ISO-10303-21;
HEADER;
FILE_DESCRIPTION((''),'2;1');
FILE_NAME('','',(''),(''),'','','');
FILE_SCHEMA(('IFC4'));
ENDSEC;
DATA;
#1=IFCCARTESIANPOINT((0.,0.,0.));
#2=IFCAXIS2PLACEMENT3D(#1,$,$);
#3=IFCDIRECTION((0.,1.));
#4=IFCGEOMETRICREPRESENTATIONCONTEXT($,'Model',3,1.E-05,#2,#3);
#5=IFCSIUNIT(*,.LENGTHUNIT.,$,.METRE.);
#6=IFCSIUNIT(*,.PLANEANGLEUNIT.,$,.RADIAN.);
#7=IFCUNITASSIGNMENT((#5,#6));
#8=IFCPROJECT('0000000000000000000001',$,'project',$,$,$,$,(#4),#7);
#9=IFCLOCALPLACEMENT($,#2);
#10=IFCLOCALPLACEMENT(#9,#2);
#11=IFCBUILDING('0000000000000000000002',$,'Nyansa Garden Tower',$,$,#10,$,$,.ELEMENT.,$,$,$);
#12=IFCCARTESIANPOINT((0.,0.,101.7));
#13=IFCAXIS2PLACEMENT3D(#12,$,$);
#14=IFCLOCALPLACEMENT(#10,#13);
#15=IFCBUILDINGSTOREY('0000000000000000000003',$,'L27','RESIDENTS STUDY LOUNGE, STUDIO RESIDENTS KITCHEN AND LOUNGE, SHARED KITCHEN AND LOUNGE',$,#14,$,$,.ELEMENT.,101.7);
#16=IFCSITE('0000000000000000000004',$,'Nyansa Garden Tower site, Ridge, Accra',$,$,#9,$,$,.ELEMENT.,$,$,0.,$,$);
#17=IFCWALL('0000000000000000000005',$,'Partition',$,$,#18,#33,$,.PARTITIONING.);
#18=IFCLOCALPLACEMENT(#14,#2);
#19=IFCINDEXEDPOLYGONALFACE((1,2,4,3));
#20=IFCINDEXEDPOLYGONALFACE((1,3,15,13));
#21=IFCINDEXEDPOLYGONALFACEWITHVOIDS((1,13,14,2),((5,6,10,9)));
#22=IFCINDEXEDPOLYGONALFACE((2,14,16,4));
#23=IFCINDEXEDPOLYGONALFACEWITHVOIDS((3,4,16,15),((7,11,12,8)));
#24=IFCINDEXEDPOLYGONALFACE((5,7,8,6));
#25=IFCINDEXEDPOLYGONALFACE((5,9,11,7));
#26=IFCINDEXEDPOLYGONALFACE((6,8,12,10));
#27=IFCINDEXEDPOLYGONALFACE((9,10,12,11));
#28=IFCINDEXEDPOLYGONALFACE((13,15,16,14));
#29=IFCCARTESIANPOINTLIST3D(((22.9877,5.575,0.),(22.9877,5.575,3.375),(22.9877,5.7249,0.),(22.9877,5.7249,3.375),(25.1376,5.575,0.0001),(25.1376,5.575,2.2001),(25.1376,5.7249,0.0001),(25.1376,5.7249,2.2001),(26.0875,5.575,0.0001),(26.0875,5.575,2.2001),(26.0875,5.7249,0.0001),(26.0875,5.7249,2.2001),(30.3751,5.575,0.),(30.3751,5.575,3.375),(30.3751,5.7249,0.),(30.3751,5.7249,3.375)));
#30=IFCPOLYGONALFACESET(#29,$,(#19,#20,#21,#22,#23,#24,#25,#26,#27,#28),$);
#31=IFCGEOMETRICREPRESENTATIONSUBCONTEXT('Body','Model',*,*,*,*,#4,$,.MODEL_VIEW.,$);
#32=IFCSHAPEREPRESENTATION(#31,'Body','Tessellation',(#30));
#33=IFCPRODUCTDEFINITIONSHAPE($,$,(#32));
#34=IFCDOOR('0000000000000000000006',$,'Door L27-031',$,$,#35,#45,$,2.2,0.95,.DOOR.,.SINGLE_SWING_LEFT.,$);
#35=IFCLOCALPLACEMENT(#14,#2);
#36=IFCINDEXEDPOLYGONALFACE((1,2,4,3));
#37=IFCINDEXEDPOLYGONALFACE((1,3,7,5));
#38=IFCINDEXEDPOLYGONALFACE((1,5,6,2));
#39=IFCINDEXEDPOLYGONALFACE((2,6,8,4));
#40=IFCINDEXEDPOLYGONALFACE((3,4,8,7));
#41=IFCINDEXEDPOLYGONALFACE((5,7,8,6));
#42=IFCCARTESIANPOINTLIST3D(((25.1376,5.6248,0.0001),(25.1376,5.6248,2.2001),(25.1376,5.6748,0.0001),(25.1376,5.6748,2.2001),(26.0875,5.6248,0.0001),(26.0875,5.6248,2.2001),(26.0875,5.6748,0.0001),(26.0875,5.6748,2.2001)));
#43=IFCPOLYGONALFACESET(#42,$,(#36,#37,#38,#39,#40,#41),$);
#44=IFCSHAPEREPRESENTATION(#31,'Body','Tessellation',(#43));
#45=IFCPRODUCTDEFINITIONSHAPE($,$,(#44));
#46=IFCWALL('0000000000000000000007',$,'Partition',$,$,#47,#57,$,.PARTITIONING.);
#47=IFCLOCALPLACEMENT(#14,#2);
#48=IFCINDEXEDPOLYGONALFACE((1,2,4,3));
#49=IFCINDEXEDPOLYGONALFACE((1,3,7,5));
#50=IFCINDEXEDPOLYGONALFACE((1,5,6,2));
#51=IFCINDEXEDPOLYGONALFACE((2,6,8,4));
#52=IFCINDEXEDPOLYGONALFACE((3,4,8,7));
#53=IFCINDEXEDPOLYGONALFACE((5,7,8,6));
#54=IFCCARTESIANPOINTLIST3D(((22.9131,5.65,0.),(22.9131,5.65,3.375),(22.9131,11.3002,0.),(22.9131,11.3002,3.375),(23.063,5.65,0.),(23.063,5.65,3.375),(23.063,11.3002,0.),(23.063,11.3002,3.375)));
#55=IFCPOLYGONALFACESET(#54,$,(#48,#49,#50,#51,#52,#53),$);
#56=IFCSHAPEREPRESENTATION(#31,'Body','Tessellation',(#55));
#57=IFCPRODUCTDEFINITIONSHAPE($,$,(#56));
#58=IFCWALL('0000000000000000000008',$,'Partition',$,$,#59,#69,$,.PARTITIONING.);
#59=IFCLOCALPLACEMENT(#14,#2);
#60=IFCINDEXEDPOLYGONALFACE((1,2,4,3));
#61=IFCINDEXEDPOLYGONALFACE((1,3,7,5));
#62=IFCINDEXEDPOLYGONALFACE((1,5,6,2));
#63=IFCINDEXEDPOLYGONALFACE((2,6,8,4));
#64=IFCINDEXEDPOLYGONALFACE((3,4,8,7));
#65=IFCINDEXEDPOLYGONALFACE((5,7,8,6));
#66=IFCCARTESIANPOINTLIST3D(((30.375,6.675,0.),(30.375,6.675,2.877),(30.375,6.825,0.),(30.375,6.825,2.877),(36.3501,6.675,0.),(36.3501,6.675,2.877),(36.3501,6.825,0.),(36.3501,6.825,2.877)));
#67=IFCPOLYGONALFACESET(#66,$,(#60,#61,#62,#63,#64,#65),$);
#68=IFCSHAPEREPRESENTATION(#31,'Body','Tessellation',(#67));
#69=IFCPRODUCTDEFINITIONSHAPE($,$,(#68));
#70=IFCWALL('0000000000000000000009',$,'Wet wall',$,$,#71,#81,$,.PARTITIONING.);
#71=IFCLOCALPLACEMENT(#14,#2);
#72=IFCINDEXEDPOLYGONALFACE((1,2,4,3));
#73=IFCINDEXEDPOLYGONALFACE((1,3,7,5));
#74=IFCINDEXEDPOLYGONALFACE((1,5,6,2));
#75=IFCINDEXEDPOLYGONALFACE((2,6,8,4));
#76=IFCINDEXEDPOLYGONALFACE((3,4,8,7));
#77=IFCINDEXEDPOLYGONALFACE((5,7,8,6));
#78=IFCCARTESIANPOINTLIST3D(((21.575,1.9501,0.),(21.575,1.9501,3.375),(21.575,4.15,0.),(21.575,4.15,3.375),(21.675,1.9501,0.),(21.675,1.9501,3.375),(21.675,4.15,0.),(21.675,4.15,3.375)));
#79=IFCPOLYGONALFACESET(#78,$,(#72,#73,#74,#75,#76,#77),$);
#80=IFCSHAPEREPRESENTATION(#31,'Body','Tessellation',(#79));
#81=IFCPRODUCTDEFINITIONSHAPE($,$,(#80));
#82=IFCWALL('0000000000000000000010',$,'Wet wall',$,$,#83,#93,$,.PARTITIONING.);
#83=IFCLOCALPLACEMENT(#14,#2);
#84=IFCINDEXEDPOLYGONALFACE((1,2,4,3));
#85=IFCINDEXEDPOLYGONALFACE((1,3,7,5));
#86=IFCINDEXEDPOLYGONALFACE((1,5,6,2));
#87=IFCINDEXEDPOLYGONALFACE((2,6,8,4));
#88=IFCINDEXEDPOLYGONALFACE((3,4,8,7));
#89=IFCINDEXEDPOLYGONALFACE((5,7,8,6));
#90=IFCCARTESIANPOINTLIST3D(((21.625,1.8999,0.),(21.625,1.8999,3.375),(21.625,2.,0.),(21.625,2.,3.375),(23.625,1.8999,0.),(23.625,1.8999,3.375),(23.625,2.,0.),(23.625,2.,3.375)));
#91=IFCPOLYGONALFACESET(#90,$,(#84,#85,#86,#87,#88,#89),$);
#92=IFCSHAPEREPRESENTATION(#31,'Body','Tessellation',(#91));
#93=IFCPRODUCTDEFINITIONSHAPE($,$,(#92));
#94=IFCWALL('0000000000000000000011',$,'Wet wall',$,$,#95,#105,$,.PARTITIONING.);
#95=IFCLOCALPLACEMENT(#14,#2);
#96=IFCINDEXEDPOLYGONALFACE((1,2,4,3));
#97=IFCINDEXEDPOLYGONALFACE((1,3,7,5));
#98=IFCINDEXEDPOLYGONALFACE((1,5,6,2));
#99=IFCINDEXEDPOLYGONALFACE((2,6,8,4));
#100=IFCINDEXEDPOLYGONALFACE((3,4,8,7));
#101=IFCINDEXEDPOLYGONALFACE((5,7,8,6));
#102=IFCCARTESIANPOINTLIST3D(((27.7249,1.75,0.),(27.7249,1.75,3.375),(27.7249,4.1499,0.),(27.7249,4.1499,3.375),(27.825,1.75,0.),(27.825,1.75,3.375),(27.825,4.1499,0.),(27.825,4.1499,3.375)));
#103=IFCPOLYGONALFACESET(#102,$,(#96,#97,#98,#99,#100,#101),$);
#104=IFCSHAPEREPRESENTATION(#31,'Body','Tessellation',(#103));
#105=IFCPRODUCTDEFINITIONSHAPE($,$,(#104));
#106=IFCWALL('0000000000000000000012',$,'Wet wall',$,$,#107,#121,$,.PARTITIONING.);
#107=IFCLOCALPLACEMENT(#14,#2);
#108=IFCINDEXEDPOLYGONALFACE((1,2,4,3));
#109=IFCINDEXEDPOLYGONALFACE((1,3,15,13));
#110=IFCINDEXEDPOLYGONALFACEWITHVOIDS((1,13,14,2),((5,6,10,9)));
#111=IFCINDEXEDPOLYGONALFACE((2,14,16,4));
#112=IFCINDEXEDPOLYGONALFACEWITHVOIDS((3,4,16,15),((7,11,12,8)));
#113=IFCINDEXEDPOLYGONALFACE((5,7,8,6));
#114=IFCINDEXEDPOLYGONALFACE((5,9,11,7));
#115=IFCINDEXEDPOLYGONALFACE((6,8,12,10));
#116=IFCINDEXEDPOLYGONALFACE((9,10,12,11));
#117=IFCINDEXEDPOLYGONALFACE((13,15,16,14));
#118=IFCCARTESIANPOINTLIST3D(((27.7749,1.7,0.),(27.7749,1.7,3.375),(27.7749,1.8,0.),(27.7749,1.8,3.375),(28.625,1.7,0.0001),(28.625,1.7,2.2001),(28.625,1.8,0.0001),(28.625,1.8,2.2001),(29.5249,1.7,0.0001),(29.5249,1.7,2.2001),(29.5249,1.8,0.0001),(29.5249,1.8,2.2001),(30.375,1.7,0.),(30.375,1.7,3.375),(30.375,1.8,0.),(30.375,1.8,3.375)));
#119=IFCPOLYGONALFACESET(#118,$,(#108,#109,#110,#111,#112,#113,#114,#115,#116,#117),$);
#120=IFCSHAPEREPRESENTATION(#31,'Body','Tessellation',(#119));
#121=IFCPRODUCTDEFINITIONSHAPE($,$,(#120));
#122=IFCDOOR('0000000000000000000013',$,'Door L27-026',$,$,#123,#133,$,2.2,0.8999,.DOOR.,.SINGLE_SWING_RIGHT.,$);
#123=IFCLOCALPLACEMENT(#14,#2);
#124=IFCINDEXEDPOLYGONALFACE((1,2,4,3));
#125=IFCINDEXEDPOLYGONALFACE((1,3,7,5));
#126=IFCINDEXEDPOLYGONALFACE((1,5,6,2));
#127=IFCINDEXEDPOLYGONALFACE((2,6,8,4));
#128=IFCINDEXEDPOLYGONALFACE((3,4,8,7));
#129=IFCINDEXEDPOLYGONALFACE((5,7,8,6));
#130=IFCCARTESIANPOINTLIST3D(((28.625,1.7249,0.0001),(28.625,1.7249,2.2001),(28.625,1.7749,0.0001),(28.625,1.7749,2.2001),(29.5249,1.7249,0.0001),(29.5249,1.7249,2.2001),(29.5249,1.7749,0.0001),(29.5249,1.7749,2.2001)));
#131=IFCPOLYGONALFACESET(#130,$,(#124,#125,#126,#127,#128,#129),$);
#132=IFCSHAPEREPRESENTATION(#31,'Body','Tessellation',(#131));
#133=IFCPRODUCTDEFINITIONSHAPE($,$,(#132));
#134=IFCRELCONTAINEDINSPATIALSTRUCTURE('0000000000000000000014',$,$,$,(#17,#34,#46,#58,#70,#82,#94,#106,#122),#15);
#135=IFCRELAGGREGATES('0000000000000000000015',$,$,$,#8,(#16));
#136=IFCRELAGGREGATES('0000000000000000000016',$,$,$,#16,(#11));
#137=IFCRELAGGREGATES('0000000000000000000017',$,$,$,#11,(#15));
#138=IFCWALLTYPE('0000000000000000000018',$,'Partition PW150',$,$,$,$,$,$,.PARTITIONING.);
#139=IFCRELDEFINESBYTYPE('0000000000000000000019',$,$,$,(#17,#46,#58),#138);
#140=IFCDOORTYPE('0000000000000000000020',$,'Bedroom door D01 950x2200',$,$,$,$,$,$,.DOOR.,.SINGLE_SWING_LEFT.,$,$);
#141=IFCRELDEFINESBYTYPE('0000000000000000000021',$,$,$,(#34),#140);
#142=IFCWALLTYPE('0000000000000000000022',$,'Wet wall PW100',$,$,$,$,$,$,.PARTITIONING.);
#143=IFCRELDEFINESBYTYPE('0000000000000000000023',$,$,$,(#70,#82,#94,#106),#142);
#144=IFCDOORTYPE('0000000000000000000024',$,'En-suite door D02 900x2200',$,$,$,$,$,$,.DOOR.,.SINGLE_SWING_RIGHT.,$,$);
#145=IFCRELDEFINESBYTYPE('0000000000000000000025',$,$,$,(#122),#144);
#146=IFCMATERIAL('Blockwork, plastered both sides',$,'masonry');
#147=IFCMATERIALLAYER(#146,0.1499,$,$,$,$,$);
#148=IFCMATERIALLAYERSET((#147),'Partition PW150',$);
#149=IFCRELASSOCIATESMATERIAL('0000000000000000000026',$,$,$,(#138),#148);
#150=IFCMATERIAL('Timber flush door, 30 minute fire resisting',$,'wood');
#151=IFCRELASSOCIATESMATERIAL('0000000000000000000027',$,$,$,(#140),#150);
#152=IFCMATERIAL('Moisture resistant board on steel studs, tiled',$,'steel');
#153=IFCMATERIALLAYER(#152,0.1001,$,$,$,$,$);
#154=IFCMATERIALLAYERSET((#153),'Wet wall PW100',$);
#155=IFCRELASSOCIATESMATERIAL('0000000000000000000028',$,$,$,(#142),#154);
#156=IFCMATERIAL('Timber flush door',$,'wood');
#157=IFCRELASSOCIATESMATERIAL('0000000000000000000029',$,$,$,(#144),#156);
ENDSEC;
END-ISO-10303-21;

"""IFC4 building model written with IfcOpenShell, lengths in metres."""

from ifc_helpers import new_model, si_unit, direction, frame, frame_2d, origin, place, context, subcontext, project, spatial, rectangle, extrude, material, layer, layer_set, type_object, element, fill, save


model = new_model("IFC4")

# Units and contexts
model_context = context("Model", 3, precision=1e-05, world=origin(), true_north=direction((0.0, 1.0)))
body_context = subcontext(model_context, "Body", "Model", "MODEL_VIEW")
ifc_project = project(units=[si_unit("LENGTHUNIT", "METRE"), si_unit("PLANEANGLEUNIT", "RADIAN")], contexts=[model_context])

# Site, building, storey
site_placement = place(None, origin())
site = spatial("IfcSite", under=ifc_project, at=site_placement, Name="Nyansa Garden Tower site, Ridge, Accra", CompositionType="ELEMENT", RefElevation=0.0)
building_placement = place(site_placement, origin())
building = spatial("IfcBuilding", under=site, at=building_placement, Name="Nyansa Garden Tower", CompositionType="ELEMENT")
storey_placement = place(building_placement, frame((0.0, 0.0, 101.7)))
storey = spatial("IfcBuildingStorey", under=building, at=storey_placement, Name="L27", Description="RESIDENTS STUDY LOUNGE, STUDIO RESIDENTS KITCHEN AND LOUNGE, SHARED KITCHEN AND LOUNGE", CompositionType="ELEMENT", Elevation=101.7)

# Wall, opening, door
ifc_material_1 = material(Name="Blockwork, plastered both sides", Category="masonry")
ifc_layer_1 = layer(ifc_material_1, 0.1499)
ifc_layer_set_1 = layer_set([ifc_layer_1], Name="Partition PW150")
wall_type_1 = type_object("IfcWallType", Name="Partition PW150", PredefinedType="PARTITIONING", material=ifc_layer_set_1)
wall_1_placement = place(storey_placement, frame((22.9875, 5.6499, 0.0), z_axis=(0.0, 0.0, 1.0), x_axis=(1.0, 0.0, 0.0)))
wall_1 = element("IfcWall", 1, at=wall_1_placement, inside=storey, type_object=wall_type_1, Name="Partition", PredefinedType="PARTITIONING", context=body_context, shape_type="SweptSolid", body=[
    extrude(rectangle(XDim=7.3875, YDim=0.1499, at=frame_2d((3.6938, 0.0))), origin(), (0.0, 0.0, 1.0), 3.375),
])
opening_1_placement = place(wall_1_placement, frame((2.1499, 0.0, 0.0)))
opening_1 = element("IfcOpeningElement", 2, at=opening_1_placement, cuts=wall_1, PredefinedType="OPENING", context=body_context, shape_type="SweptSolid", body=[
    extrude(rectangle(XDim=0.95, YDim=2.2, at=frame_2d((0.4751, 1.1001))), frame((0.0, 0.085, 0.0), z_axis=(0.0, -1.0, 0.0), x_axis=(1.0, 0.0, 0.0)), (0.0, 0.0, 1.0), 0.1699),
])
ifc_material_2 = material(Name="Timber flush door, 30 minute fire resisting", Category="wood")
door_type_1 = type_object("IfcDoorType", Name="Bedroom door D01 950x2200", OperationType="SINGLE_SWING_LEFT", PredefinedType="DOOR", material=ifc_material_2)
door_1_placement = place(opening_1_placement, origin())
door_1 = element("IfcDoor", 3, at=door_1_placement, inside=storey, type_object=door_type_1, Name="Door L27-031", OperationType="SINGLE_SWING_LEFT", OverallHeight=2.2, OverallWidth=0.95, PredefinedType="DOOR", context=body_context, shape_type="SweptSolid", body=[
    extrude(rectangle(XDim=0.95, YDim=2.2, at=frame_2d((0.4751, 1.1001))), frame((0.0, 0.0249, 0.0), z_axis=(0.0, -1.0, 0.0), x_axis=(1.0, 0.0, 0.0)), (0.0, 0.0, 1.0), 0.05),
])
fill(opening_1, door_1)

# Walls
wall_2_placement = place(storey_placement, frame((22.988, 5.6499, 0.0), z_axis=(0.0, 0.0, 1.0), x_axis=(0.0, 1.0, 0.0)))
element("IfcWall", 4, at=wall_2_placement, inside=storey, type_object=wall_type_1, Name="Partition", PredefinedType="PARTITIONING", context=body_context, shape_type="SweptSolid", body=[
    extrude(rectangle(XDim=5.6501, YDim=0.1499, at=frame_2d((2.8252, 0.0))), origin(), (0.0, 0.0, 1.0), 3.375),
])
wall_3_placement = place(storey_placement, frame((30.375, 6.75, 0.0), z_axis=(0.0, 0.0, 1.0), x_axis=(1.0, 0.0, 0.0)))
element("IfcWall", 5, at=wall_3_placement, inside=storey, type_object=wall_type_1, Name="Partition", PredefinedType="PARTITIONING", context=body_context, shape_type="SweptSolid", body=[
    extrude(rectangle(XDim=5.9751, YDim=0.1499, at=frame_2d((2.9875, 0.0))), origin(), (0.0, 0.0, 1.0), 2.877),
])
ifc_material_3 = material(Name="Moisture resistant board on steel studs, tiled", Category="steel")
ifc_layer_2 = layer(ifc_material_3, 0.1001)
ifc_layer_set_2 = layer_set([ifc_layer_2], Name="Wet wall PW100")
wall_type_2 = type_object("IfcWallType", Name="Wet wall PW100", PredefinedType="PARTITIONING", material=ifc_layer_set_2)
wall_4_placement = place(storey_placement, frame((21.625, 1.95, 0.0), z_axis=(0.0, 0.0, 1.0), x_axis=(0.0, 1.0, 0.0)))
element("IfcWall", 6, at=wall_4_placement, inside=storey, type_object=wall_type_2, Name="Wet wall", PredefinedType="PARTITIONING", context=body_context, shape_type="SweptSolid", body=[
    extrude(rectangle(XDim=2.2, YDim=0.1001, at=frame_2d((1.1001, 0.0))), origin(), (0.0, 0.0, 1.0), 3.375),
])
wall_5_placement = place(storey_placement, frame((21.625, 1.95, 0.0), z_axis=(0.0, 0.0, 1.0), x_axis=(1.0, 0.0, 0.0)))
element("IfcWall", 7, at=wall_5_placement, inside=storey, type_object=wall_type_2, Name="Wet wall", PredefinedType="PARTITIONING", context=body_context, shape_type="SweptSolid", body=[
    extrude(rectangle(XDim=2.0, YDim=0.1001, at=frame_2d((1.0, 0.0))), origin(), (0.0, 0.0, 1.0), 3.375),
])
wall_6_placement = place(storey_placement, frame((27.7749, 1.75, 0.0), z_axis=(0.0, 0.0, 1.0), x_axis=(0.0, 1.0, 0.0)))
element("IfcWall", 8, at=wall_6_placement, inside=storey, type_object=wall_type_2, Name="Wet wall", PredefinedType="PARTITIONING", context=body_context, shape_type="SweptSolid", body=[
    extrude(rectangle(XDim=2.3999, YDim=0.1001, at=frame_2d((1.2, 0.0))), origin(), (0.0, 0.0, 1.0), 3.375),
])

# Wall, opening, door
wall_7_placement = place(storey_placement, frame((27.7749, 1.75, 0.0), z_axis=(0.0, 0.0, 1.0), x_axis=(1.0, 0.0, 0.0)))
wall_7 = element("IfcWall", 9, at=wall_7_placement, inside=storey, type_object=wall_type_2, Name="Wet wall", PredefinedType="PARTITIONING", context=body_context, shape_type="SweptSolid", body=[
    extrude(rectangle(XDim=2.6001, YDim=0.1001, at=frame_2d((1.3, 0.0))), origin(), (0.0, 0.0, 1.0), 3.375),
])
opening_2_placement = place(wall_7_placement, frame((0.8501, 0.0, 0.0)))
opening_2 = element("IfcOpeningElement", 10, at=opening_2_placement, cuts=wall_7, PredefinedType="OPENING", context=body_context, shape_type="SweptSolid", body=[
    extrude(rectangle(XDim=0.8999, YDim=2.2, at=frame_2d((0.45, 1.1001))), frame((0.0, 0.0601, 0.0), z_axis=(0.0, -1.0, 0.0), x_axis=(1.0, 0.0, 0.0)), (0.0, 0.0, 1.0), 0.1201),
])
ifc_material_4 = material(Name="Timber flush door", Category="wood")
door_type_2 = type_object("IfcDoorType", Name="En-suite door D02 900x2200", OperationType="SINGLE_SWING_RIGHT", PredefinedType="DOOR", material=ifc_material_4)
door_2_placement = place(opening_2_placement, origin())
door_2 = element("IfcDoor", 11, at=door_2_placement, inside=storey, type_object=door_type_2, Name="Door L27-026", OperationType="SINGLE_SWING_RIGHT", OverallHeight=2.2, OverallWidth=0.8999, PredefinedType="DOOR", context=body_context, shape_type="SweptSolid", body=[
    extrude(rectangle(XDim=0.8999, YDim=2.2, at=frame_2d((0.45, 1.1001))), frame((0.0, 0.0249, 0.0), z_axis=(0.0, -1.0, 0.0), x_axis=(1.0, 0.0, 0.0)), (0.0, 0.0, 1.0), 0.05),
])
fill(opening_2, door_2)

save(model, "model.ifc")
